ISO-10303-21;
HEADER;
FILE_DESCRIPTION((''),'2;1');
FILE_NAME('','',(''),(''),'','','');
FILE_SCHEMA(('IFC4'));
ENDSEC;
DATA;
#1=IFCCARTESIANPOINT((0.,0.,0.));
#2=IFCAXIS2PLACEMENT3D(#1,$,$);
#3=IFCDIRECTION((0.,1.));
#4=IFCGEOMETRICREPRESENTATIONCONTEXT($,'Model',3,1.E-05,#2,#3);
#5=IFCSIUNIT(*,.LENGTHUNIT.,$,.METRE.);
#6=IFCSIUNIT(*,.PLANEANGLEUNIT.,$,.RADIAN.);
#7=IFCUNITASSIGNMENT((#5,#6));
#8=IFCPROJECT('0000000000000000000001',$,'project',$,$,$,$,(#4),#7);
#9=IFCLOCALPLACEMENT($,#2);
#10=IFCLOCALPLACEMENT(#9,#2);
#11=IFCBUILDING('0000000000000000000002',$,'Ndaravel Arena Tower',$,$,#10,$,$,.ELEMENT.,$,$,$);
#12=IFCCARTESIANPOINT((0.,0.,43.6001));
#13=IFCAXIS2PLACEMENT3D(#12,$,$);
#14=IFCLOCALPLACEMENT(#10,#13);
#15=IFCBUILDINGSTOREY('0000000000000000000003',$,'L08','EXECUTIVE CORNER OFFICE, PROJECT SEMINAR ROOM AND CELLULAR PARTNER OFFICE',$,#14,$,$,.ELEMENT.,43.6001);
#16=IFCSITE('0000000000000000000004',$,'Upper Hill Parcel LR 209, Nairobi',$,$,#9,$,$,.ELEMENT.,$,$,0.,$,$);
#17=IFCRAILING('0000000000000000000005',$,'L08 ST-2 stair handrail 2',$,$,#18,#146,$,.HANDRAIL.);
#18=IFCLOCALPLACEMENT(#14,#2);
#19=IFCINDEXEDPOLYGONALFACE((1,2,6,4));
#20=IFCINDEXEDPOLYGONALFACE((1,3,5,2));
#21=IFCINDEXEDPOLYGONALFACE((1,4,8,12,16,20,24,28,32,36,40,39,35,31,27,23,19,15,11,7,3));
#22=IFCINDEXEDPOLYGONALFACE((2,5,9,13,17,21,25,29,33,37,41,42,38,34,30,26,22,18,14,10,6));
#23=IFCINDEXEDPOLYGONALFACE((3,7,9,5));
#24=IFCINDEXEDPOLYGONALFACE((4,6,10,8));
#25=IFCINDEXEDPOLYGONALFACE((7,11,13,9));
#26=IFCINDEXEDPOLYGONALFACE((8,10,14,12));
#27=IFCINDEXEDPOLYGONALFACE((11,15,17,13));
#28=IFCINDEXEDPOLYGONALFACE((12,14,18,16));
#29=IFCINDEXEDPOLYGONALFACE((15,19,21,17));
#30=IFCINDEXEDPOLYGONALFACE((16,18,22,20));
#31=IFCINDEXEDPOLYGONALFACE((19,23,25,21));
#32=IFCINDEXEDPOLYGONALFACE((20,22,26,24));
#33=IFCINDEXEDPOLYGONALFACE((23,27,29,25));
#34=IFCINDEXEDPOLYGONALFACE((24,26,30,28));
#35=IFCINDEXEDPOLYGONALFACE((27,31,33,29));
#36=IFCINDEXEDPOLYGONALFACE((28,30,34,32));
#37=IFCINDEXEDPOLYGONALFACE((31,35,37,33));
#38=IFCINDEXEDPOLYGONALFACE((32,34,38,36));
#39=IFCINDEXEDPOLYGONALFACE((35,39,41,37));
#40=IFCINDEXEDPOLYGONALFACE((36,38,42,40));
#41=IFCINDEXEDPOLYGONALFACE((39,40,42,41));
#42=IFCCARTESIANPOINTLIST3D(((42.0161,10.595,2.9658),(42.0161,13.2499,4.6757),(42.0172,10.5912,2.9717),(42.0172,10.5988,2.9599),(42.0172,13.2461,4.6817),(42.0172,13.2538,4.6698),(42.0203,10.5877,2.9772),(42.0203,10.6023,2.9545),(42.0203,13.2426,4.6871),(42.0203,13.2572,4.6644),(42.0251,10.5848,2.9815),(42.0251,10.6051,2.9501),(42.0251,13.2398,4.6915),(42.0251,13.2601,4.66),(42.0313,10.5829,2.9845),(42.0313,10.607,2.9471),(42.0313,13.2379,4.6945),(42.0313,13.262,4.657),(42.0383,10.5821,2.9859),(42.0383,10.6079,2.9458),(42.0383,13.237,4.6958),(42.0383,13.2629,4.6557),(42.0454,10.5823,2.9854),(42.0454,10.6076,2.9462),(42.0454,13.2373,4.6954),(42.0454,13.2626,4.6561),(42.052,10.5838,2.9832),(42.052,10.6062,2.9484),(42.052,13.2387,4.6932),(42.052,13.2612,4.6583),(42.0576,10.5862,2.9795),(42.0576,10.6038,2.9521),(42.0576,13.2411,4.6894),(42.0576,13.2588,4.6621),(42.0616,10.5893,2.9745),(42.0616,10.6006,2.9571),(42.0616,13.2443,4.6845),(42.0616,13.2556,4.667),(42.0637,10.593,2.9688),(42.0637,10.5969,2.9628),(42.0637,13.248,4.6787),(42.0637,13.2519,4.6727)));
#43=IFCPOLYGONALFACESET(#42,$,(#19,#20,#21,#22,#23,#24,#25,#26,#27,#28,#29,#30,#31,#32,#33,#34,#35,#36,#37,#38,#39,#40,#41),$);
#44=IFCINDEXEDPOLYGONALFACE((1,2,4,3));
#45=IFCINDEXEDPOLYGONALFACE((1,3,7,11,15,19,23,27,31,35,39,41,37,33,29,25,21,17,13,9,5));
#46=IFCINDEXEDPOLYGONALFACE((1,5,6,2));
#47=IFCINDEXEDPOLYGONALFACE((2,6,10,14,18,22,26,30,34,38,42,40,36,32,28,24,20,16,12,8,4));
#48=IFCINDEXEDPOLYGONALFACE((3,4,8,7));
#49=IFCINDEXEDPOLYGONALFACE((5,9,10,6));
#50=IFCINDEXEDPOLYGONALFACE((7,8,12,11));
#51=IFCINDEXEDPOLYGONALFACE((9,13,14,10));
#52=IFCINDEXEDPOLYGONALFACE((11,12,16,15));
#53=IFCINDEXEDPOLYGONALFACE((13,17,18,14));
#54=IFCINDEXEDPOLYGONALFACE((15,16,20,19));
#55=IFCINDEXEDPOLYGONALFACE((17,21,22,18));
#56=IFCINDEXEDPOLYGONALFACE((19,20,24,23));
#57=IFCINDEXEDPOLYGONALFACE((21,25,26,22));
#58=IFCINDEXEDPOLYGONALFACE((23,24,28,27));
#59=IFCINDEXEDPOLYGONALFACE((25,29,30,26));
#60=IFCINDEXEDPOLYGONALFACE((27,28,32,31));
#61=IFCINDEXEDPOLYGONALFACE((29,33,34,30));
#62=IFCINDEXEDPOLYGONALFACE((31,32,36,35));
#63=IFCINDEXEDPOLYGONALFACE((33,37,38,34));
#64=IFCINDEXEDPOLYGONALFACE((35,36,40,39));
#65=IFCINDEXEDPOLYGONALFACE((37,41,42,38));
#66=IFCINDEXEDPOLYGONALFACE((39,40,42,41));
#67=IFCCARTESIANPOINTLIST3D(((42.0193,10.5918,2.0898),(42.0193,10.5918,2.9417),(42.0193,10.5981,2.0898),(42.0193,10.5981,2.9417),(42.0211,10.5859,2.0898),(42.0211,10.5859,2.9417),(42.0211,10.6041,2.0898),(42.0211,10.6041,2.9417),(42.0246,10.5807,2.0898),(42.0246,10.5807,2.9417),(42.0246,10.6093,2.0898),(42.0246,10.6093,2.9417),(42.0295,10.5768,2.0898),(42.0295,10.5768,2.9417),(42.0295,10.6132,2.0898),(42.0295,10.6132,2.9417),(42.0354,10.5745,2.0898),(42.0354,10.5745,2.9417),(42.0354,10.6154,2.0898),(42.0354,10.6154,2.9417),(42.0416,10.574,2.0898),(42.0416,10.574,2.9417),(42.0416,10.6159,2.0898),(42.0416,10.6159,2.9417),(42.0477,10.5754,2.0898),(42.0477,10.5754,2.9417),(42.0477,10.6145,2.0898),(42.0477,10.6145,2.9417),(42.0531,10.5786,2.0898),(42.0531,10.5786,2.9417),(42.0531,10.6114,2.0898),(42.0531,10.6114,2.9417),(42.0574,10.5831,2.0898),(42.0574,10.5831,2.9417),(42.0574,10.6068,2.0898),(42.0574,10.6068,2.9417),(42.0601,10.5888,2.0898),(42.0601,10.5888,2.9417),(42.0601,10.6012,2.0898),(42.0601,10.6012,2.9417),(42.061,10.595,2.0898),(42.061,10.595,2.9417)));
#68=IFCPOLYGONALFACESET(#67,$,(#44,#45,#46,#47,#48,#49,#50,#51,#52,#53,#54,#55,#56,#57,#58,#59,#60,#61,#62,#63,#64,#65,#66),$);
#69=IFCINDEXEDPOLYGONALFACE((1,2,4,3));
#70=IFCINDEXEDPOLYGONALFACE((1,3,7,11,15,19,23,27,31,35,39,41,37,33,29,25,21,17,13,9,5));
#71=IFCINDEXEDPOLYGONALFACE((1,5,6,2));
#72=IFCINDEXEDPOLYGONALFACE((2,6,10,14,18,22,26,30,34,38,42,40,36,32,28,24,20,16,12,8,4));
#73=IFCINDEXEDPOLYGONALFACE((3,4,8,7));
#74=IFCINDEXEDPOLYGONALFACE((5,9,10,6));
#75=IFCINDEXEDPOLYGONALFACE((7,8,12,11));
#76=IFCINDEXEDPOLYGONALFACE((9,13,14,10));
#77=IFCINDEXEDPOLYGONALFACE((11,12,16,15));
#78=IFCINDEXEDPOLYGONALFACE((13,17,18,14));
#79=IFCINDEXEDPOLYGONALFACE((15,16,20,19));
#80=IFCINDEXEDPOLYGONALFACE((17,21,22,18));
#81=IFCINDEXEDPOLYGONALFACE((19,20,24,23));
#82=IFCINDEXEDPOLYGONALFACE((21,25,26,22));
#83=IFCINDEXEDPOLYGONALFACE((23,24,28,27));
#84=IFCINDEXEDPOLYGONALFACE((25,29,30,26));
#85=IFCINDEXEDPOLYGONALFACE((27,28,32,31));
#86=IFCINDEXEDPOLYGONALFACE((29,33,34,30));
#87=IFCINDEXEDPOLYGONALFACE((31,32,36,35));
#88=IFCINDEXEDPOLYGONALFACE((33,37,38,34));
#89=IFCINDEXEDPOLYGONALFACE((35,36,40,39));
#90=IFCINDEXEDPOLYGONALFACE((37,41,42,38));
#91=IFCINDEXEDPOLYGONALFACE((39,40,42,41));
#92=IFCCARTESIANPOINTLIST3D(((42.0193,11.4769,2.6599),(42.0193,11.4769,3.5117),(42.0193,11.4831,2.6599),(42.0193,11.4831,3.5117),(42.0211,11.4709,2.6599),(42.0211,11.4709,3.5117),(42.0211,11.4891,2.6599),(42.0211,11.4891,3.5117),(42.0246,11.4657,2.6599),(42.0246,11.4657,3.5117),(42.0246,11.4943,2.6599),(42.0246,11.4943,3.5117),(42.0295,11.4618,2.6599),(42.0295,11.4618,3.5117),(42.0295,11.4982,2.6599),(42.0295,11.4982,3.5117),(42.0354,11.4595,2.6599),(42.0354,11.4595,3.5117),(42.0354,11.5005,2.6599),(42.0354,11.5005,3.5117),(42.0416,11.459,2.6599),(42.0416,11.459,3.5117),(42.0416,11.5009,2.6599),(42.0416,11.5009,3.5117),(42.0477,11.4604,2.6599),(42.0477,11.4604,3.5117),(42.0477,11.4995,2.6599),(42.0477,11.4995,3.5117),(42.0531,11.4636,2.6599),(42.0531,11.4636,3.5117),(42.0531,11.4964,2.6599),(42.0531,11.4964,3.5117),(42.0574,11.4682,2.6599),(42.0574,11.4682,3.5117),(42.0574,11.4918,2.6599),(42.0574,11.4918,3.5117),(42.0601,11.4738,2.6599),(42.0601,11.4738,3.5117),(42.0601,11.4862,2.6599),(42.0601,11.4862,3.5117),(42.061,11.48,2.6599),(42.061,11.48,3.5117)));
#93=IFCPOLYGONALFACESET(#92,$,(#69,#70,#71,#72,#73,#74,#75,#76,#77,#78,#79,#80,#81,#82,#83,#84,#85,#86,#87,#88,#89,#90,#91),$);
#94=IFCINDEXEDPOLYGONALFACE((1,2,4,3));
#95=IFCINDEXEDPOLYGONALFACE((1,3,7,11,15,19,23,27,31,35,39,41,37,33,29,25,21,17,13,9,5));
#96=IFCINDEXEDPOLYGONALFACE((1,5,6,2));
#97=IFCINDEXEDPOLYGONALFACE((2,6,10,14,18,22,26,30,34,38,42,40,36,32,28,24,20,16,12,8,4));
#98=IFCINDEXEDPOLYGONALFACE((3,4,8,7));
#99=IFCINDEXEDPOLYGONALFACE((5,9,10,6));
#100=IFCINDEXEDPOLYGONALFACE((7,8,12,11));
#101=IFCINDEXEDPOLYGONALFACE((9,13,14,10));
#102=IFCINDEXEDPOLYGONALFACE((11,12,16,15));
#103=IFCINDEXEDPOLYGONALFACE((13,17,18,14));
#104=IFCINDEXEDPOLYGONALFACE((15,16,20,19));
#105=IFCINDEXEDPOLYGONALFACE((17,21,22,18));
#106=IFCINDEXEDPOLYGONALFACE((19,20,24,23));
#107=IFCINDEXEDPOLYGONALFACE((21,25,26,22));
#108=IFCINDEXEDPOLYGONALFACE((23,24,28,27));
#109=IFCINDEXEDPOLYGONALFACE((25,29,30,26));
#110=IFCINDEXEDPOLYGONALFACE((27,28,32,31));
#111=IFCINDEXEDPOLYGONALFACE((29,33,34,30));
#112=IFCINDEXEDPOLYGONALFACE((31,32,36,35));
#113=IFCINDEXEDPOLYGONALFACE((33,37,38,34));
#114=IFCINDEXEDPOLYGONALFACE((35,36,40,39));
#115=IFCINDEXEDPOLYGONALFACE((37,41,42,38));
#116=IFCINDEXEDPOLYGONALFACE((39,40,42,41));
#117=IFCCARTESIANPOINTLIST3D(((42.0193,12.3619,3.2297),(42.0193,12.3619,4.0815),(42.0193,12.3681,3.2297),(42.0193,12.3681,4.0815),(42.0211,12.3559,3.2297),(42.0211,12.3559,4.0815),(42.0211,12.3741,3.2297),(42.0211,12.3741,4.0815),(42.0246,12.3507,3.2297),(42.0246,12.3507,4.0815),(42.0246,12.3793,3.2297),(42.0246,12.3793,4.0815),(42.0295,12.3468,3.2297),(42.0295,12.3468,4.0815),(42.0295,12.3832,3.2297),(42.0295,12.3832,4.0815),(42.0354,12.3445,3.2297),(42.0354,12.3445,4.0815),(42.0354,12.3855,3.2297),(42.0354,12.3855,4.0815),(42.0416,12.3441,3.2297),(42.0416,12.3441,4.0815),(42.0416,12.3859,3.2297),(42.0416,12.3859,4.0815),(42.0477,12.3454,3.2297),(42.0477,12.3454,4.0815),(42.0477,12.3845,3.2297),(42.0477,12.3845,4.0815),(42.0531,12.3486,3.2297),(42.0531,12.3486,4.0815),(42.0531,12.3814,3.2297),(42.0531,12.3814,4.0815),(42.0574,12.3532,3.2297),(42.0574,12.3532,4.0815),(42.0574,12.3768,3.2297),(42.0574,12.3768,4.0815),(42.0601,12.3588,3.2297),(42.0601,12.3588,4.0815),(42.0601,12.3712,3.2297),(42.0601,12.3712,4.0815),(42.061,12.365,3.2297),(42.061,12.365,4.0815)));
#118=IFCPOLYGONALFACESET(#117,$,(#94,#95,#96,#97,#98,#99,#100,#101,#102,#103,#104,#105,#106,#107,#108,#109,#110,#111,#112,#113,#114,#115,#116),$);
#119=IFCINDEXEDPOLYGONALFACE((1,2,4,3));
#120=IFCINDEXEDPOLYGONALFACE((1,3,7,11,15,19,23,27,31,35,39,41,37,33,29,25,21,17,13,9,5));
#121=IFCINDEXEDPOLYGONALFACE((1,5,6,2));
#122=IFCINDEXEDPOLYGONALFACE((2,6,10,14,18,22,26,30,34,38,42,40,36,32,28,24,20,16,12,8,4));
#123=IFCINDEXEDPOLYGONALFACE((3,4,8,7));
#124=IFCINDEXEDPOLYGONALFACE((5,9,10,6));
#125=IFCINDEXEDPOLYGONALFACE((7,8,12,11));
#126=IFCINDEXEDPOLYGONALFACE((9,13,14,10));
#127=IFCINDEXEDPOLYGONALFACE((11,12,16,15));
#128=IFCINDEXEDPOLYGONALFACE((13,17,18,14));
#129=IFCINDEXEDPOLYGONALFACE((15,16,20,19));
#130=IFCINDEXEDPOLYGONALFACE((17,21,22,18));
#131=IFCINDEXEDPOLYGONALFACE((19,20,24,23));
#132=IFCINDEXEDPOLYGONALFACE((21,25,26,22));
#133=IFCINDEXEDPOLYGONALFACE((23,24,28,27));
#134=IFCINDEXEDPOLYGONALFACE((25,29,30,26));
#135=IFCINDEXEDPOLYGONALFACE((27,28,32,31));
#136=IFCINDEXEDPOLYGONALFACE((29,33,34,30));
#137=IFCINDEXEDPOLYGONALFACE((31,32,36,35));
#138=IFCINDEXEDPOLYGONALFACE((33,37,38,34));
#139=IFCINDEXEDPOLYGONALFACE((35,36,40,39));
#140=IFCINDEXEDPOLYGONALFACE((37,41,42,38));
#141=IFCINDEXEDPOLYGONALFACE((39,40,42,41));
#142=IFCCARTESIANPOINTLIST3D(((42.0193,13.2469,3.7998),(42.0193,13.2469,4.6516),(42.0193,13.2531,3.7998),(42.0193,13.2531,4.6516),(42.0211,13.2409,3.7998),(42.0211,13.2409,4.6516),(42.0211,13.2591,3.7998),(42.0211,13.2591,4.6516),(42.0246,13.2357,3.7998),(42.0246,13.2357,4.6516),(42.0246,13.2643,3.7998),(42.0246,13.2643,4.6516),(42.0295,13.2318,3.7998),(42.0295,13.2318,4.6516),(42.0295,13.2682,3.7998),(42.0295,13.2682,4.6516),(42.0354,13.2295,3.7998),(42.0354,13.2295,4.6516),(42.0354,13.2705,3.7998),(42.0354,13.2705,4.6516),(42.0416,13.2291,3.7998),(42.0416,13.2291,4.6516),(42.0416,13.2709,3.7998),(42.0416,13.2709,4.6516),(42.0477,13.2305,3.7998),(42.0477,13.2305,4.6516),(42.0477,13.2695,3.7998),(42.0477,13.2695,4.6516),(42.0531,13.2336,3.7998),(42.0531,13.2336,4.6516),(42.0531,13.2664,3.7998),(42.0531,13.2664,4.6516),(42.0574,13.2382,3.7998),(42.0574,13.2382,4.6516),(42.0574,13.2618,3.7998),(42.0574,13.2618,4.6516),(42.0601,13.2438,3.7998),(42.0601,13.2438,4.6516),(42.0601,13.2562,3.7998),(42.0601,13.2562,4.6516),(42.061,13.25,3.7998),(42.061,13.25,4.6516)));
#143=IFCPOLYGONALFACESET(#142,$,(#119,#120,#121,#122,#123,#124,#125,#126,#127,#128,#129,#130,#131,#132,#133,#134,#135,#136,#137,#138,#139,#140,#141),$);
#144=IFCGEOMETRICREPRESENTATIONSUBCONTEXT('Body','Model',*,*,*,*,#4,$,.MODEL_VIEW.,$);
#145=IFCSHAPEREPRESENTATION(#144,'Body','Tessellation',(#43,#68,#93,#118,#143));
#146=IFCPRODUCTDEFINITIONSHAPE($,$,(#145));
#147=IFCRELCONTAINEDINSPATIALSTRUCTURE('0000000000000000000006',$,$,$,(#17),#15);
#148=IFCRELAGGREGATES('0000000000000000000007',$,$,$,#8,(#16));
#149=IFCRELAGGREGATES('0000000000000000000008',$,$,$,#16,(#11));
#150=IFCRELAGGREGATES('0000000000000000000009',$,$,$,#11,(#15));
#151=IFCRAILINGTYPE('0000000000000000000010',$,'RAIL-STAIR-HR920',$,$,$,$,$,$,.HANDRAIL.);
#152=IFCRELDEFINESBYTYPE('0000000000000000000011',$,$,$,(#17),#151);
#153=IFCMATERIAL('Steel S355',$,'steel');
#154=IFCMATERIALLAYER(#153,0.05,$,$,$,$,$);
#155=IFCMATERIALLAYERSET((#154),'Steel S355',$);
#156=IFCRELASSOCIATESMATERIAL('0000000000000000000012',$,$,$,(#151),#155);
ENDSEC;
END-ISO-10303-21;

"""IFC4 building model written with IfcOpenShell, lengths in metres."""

from ifc_helpers import new_model, si_unit, direction, frame, origin, origin_2d, place, context, subcontext, project, spatial, circle, extrude, material, layer, layer_set, type_object, element, save


model = new_model("IFC4")

# Units and contexts
model_context = context("Model", 3, precision=1e-05, world=origin(), true_north=direction((0.0, 1.0)))
body_context = subcontext(model_context, "Body", "Model", "MODEL_VIEW")
ifc_project = project(units=[si_unit("LENGTHUNIT", "METRE"), si_unit("PLANEANGLEUNIT", "RADIAN")], contexts=[model_context])

# Site, building, storey
site_placement = place(None, origin())
site = spatial("IfcSite", under=ifc_project, at=site_placement, Name="Upper Hill Parcel LR 209, Nairobi", CompositionType="ELEMENT", RefElevation=0.0)
building_placement = place(site_placement, origin())
building = spatial("IfcBuilding", under=site, at=building_placement, Name="Ndaravel Arena Tower", CompositionType="ELEMENT")
storey_placement = place(building_placement, frame((0.0, 0.0, 43.6001)))
storey = spatial("IfcBuildingStorey", under=building, at=storey_placement, Name="L08", Description="EXECUTIVE CORNER OFFICE, PROJECT SEMINAR ROOM AND CELLULAR PARTNER OFFICE", CompositionType="ELEMENT", Elevation=43.6001)

# Railing
ifc_material_1 = material(Name="Steel S355", Category="steel")
ifc_layer_1 = layer(ifc_material_1, 0.05)
ifc_layer_set_1 = layer_set([ifc_layer_1], Name="Steel S355")
railing_type_1 = type_object("IfcRailingType", Name="RAIL-STAIR-HR920", PredefinedType="HANDRAIL", material=ifc_layer_set_1)
railing_1_placement = place(storey_placement, frame((42.04, 10.595, 2.0898)))
element("IfcRailing", 1, at=railing_1_placement, inside=storey, type_object=railing_type_1, Name="L08 ST-2 stair handrail 2", PredefinedType="HANDRAIL", context=body_context, shape_type="SweptSolid", body=[
    extrude(circle(Radius=0.0239, at=origin_2d()), frame((0.0, 0.0, 0.876), z_axis=(0.0, 0.840724, 0.541465), x_axis=(-1.0, 0.0, 0.0)), (0.0, 0.0, 1.0), 3.158),
    extrude(circle(Radius=0.021, at=origin_2d()), origin(), (0.0, 0.0, 1.0), 0.8518),
    extrude(circle(Radius=0.021, at=origin_2d()), frame((0.0, 0.885, 0.5701)), (0.0, 0.0, 1.0), 0.8518),
    extrude(circle(Radius=0.021, at=origin_2d()), frame((0.0, 1.77, 1.1399)), (0.0, 0.0, 1.0), 0.8518),
    extrude(circle(Radius=0.021, at=origin_2d()), frame((0.0, 2.655, 1.71)), (0.0, 0.0, 1.0), 0.8518),
])

save(model, "model.ifc")
